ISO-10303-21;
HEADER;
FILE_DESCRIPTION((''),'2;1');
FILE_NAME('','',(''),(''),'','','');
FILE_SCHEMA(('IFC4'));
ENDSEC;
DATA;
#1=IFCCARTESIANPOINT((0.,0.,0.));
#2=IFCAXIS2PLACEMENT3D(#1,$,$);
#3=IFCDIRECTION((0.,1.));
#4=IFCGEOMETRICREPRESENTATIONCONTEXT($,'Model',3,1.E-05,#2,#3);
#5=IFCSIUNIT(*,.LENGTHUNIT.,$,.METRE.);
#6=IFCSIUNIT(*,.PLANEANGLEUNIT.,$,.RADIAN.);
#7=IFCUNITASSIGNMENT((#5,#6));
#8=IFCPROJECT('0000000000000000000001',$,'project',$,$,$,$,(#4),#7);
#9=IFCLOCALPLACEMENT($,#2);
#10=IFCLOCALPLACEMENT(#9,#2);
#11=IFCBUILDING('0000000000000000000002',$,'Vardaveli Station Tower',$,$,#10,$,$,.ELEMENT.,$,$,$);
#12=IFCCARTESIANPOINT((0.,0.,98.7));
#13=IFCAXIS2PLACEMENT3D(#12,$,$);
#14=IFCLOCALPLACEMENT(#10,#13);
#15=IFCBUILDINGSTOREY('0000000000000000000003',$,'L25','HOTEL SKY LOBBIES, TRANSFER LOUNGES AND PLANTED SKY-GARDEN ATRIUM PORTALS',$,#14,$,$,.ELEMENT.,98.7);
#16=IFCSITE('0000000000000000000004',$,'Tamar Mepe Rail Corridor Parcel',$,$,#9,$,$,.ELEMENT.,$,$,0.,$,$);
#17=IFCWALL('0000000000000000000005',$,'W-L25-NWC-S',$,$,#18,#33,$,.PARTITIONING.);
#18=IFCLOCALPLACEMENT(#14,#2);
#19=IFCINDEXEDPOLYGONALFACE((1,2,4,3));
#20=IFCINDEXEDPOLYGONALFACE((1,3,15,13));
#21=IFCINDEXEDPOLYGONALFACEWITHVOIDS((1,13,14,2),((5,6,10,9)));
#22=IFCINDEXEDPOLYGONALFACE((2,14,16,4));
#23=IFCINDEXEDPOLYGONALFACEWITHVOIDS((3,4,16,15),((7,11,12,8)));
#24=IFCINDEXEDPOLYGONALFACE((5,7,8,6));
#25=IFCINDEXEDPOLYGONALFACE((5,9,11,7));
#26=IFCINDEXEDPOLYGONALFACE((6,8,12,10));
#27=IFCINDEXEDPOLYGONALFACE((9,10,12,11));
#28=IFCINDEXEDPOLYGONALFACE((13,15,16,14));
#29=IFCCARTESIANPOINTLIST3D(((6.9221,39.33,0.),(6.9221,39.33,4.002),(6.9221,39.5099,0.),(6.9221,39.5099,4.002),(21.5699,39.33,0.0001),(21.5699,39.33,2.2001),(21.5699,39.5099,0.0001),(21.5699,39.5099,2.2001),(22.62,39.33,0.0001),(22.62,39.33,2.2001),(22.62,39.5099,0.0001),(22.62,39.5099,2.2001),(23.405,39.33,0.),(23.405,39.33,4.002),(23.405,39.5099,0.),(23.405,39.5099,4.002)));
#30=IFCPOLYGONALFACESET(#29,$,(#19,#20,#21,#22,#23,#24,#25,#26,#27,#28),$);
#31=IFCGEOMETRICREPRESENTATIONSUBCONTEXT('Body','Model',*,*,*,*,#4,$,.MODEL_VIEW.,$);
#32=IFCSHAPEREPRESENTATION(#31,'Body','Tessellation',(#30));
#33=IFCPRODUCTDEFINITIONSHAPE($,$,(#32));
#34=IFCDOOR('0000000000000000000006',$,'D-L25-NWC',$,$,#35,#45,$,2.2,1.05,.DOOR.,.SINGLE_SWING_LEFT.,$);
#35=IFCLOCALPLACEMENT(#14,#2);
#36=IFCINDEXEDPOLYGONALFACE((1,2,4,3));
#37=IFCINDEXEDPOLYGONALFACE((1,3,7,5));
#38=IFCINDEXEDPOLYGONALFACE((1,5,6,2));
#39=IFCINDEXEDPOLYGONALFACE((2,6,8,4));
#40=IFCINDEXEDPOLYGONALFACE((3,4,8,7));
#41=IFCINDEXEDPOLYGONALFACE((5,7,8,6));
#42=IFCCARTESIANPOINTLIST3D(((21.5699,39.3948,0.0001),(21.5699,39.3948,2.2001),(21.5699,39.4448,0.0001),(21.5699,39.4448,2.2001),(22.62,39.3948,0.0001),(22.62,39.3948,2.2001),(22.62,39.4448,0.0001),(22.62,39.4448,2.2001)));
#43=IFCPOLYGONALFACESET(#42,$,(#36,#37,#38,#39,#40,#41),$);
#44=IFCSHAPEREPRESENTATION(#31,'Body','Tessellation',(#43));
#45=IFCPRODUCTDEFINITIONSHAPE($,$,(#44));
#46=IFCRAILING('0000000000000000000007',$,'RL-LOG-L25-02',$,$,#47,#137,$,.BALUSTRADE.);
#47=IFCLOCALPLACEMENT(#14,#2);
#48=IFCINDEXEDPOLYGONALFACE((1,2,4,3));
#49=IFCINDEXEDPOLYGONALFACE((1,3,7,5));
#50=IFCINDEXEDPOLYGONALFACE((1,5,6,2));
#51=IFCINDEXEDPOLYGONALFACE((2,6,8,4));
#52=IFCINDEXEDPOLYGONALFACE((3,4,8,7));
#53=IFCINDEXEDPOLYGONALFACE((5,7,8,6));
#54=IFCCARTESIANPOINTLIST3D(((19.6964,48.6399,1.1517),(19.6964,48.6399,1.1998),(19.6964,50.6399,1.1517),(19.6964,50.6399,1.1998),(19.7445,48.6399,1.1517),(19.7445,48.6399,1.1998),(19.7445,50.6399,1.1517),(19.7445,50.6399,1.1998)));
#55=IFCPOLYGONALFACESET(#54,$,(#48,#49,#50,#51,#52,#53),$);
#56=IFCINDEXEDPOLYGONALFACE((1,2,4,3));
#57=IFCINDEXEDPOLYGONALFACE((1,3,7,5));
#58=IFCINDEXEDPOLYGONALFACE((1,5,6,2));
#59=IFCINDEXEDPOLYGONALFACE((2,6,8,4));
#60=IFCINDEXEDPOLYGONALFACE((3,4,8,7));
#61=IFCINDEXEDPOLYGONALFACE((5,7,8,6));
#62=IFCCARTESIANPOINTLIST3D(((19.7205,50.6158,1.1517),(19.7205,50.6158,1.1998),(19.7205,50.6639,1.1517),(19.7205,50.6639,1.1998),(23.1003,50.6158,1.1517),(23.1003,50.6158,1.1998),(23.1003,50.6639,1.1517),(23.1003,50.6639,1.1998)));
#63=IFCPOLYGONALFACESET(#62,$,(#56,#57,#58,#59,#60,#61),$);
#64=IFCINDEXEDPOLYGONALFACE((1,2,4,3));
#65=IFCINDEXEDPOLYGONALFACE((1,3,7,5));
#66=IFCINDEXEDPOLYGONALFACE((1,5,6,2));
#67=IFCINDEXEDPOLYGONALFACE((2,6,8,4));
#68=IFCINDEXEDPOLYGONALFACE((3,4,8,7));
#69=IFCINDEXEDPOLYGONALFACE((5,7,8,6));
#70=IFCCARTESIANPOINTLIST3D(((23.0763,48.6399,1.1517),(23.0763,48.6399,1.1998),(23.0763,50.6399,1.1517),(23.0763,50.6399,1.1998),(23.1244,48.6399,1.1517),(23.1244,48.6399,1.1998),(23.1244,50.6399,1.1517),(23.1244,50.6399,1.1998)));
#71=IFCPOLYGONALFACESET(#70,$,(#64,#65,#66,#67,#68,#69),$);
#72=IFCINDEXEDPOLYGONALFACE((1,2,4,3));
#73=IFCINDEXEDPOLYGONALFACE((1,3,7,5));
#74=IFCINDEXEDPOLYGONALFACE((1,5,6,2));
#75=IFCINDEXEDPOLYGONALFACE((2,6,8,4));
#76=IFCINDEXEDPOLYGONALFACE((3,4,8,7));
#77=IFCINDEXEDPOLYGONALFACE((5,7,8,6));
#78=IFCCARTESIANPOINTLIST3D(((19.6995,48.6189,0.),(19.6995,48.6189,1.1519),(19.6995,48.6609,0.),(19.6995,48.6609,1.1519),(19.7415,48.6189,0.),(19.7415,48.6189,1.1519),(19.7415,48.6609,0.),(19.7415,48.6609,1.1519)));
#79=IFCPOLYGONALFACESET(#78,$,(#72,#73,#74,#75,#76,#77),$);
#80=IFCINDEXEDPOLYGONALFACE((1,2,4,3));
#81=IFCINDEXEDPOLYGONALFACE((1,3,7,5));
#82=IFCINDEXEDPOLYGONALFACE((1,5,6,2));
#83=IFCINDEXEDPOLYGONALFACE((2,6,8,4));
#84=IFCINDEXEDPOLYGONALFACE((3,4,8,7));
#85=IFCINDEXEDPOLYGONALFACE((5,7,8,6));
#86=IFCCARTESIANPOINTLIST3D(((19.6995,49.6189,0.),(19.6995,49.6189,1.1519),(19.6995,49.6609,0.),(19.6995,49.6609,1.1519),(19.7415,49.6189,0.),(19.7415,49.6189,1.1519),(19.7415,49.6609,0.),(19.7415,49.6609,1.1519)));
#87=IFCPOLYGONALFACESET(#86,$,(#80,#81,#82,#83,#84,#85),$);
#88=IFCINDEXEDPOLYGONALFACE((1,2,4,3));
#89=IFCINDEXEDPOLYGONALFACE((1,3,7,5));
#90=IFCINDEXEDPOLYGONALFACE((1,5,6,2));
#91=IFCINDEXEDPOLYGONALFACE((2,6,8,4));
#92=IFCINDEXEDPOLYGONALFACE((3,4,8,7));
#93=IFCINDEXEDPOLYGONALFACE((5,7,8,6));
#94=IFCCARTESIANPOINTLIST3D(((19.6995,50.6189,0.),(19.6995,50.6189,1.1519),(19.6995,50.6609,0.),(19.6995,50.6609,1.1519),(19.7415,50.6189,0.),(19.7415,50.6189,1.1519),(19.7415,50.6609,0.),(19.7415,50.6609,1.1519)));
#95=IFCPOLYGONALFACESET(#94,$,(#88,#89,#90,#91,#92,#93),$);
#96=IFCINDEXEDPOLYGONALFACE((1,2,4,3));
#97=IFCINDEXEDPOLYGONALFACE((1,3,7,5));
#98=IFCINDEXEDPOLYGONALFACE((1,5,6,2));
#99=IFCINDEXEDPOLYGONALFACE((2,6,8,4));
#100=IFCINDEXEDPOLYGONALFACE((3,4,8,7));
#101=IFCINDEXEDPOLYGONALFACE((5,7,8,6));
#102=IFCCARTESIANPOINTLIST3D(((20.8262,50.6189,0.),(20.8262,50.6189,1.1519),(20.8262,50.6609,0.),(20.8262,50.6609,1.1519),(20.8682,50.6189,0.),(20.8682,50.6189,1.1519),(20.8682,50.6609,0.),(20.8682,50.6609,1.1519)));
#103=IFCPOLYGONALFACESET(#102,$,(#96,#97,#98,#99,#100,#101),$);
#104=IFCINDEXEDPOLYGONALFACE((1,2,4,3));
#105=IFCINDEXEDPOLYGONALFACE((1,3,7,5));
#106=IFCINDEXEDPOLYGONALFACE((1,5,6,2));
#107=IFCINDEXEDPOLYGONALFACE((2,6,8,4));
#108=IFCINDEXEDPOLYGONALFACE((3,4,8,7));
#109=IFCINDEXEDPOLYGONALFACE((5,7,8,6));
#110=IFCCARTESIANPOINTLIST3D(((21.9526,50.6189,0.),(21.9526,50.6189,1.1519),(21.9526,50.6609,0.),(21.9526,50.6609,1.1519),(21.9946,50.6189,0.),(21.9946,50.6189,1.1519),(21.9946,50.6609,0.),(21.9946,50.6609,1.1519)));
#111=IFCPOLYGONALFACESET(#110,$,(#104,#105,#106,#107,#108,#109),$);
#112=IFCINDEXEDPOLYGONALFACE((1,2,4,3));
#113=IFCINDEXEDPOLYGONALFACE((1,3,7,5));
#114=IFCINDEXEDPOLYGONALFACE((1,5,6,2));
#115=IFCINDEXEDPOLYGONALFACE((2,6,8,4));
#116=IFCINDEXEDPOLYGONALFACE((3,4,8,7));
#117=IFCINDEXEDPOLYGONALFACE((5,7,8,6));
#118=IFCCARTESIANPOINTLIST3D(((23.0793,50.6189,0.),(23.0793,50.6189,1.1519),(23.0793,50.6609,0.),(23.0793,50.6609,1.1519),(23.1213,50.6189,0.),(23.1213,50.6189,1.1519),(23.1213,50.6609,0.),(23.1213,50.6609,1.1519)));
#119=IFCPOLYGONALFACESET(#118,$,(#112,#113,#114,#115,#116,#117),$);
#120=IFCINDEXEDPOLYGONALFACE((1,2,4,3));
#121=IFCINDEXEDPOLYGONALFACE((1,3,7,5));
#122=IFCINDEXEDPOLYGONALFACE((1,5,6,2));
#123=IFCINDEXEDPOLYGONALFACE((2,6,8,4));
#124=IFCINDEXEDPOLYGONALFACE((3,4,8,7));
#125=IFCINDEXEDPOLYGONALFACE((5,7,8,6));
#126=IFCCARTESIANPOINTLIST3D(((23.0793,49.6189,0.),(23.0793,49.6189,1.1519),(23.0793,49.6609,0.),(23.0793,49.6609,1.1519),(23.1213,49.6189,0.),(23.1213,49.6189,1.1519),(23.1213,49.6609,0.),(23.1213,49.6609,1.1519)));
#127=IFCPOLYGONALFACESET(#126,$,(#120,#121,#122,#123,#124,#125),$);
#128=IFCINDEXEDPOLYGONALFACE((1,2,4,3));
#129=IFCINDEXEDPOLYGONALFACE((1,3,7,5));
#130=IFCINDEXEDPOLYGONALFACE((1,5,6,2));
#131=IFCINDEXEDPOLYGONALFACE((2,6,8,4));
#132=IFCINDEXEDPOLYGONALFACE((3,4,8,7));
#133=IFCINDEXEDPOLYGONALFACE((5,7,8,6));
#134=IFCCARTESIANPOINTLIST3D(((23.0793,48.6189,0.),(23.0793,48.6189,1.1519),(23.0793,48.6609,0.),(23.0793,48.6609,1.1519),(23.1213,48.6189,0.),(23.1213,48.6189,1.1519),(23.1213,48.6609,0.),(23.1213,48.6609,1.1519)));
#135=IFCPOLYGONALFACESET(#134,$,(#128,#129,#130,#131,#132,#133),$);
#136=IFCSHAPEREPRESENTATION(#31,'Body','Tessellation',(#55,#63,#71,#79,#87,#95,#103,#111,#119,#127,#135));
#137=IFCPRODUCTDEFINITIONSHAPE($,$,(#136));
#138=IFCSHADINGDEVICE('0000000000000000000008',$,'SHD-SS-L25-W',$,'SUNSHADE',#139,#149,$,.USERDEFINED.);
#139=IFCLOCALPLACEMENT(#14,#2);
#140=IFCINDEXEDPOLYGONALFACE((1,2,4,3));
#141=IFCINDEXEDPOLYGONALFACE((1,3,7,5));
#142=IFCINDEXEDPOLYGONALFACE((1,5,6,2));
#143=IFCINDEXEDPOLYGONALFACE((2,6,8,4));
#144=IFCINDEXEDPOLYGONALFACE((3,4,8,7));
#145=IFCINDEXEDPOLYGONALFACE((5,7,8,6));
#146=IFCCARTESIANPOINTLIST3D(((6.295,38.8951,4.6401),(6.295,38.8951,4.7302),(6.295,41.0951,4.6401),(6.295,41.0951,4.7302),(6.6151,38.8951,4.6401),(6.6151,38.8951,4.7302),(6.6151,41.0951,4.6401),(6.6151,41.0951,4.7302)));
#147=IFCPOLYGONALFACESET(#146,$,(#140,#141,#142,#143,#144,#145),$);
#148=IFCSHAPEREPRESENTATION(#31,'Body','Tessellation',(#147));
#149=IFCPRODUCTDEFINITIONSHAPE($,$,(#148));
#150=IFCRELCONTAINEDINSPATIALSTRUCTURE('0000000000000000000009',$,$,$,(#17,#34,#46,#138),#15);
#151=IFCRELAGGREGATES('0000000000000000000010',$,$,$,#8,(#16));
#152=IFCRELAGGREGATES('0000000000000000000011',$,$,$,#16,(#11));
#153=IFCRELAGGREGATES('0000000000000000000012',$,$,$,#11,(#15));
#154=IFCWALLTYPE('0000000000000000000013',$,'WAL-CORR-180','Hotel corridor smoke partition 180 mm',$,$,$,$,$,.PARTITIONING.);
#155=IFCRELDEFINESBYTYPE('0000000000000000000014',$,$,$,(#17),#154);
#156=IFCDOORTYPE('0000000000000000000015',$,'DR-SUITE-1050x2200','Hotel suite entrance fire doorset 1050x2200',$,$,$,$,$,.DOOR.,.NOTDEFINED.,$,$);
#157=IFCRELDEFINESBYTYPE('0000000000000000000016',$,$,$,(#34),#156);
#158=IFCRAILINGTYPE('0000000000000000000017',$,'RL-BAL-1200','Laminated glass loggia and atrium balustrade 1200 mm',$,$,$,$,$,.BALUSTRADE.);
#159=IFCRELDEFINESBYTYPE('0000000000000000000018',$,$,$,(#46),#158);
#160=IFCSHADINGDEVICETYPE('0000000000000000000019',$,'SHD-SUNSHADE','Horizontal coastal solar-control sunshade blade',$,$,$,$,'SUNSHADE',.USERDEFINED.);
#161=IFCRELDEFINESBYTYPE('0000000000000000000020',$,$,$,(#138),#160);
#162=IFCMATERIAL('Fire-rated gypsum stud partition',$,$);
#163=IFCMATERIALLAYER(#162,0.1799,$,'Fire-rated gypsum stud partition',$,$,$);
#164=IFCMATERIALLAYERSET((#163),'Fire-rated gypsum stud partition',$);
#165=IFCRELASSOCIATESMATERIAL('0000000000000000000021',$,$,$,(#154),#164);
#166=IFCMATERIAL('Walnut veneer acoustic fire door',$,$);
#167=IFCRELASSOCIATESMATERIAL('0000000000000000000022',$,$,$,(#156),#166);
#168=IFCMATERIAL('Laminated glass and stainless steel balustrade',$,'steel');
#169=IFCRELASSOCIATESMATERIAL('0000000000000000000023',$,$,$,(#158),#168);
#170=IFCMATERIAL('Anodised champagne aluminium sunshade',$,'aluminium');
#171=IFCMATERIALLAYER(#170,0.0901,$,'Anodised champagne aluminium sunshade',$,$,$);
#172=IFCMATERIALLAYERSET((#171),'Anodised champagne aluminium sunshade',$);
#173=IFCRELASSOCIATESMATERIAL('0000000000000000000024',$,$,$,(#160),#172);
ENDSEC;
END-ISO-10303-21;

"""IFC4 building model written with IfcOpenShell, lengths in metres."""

from ifc_helpers import new_model, si_unit, direction, frame, frame_2d, origin, origin_2d, place, context, subcontext, project, spatial, rectangle, extrude, source, transform, mapped, material, layer, layer_set, type_object, element, fill, save


model = new_model("IFC4")

# Units and contexts
model_context = context("Model", 3, precision=1e-05, world=origin(), true_north=direction((0.0, 1.0)))
body_context = subcontext(model_context, "Body", "Model", "MODEL_VIEW")
ifc_project = project(units=[si_unit("LENGTHUNIT", "METRE"), si_unit("PLANEANGLEUNIT", "RADIAN")], contexts=[model_context])

# Site, building, storey
site_placement = place(None, origin())
site = spatial("IfcSite", under=ifc_project, at=site_placement, Name="Tamar Mepe Rail Corridor Parcel", CompositionType="ELEMENT", RefElevation=0.0)
building_placement = place(site_placement, origin())
building = spatial("IfcBuilding", under=site, at=building_placement, Name="Vardaveli Station Tower", CompositionType="ELEMENT")
storey_placement = place(building_placement, frame((0.0, 0.0, 98.7)))
storey = spatial("IfcBuildingStorey", under=building, at=storey_placement, Name="L25", Description="HOTEL SKY LOBBIES, TRANSFER LOUNGES AND PLANTED SKY-GARDEN ATRIUM PORTALS", CompositionType="ELEMENT", Elevation=98.7)

# Wall, opening, door
ifc_material_1 = material(Name="Fire-rated gypsum stud partition")
ifc_layer_1 = layer(ifc_material_1, 0.1799, Name="Fire-rated gypsum stud partition")
ifc_layer_set_1 = layer_set([ifc_layer_1], Name="Fire-rated gypsum stud partition")
wall_type_1 = type_object("IfcWallType", Name="WAL-CORR-180", Description="Hotel corridor smoke partition 180 mm", PredefinedType="PARTITIONING", material=ifc_layer_set_1)
shared_shape_1 = source(origin(), body_context, "Body", "SweptSolid", [
    extrude(rectangle(XDim=16.4829, YDim=0.1799, at=frame_2d((8.2415, 0.0))), origin(), (0.0, 0.0, 1.0), 4.002),
])
wall_1_placement = place(storey_placement, frame((6.9221, 39.4199, 0.0), z_axis=(0.0, 0.0, 1.0), x_axis=(1.0, 0.0, 0.0)))
wall_1 = element("IfcWall", 1, at=wall_1_placement, inside=storey, type_object=wall_type_1, Name="W-L25-NWC-S", PredefinedType="PARTITIONING", context=body_context, shape_type="MappedRepresentation", body=[
    mapped(shared_shape_1, transform((0.0, 0.0, 0.0), scale=1.0)),
])
shared_shape_2 = source(origin(), body_context, "Body", "SweptSolid", [
    extrude(rectangle(XDim=1.05, YDim=2.2, at=frame_2d((0.5249, 1.1001))), frame((0.0, 0.1001, 0.0), z_axis=(0.0, -1.0, 0.0), x_axis=(1.0, 0.0, 0.0)), (0.0, 0.0, 1.0), 0.2),
])
opening_1_placement = place(wall_1_placement, frame((14.6479, 0.0, 0.0)))
opening_1 = element("IfcOpeningElement", 2, at=opening_1_placement, cuts=wall_1, PredefinedType="OPENING", context=body_context, shape_type="MappedRepresentation", body=[
    mapped(shared_shape_2, transform((0.0, 0.0, 0.0), scale=1.0)),
])
ifc_material_2 = material(Name="Walnut veneer acoustic fire door")
door_type = type_object("IfcDoorType", Name="DR-SUITE-1050x2200", Description="Hotel suite entrance fire doorset 1050x2200", OperationType="NOTDEFINED", PredefinedType="DOOR", material=ifc_material_2)
shared_shape_3 = source(origin(), body_context, "Body", "SweptSolid", [
    extrude(rectangle(XDim=1.05, YDim=2.2, at=frame_2d((0.5249, 1.1001))), frame((0.0, 0.0249, 0.0), z_axis=(0.0, -1.0, 0.0), x_axis=(1.0, 0.0, 0.0)), (0.0, 0.0, 1.0), 0.05),
])
door_placement = place(opening_1_placement, origin())
door = element("IfcDoor", 3, at=door_placement, inside=storey, type_object=door_type, Name="D-L25-NWC", OperationType="SINGLE_SWING_LEFT", OverallHeight=2.2, OverallWidth=1.05, PredefinedType="DOOR", context=body_context, shape_type="MappedRepresentation", body=[
    mapped(shared_shape_3, transform((0.0, 0.0, 0.0), scale=1.0)),
])
fill(opening_1, door)

# Railing
ifc_material_3 = material(Name="Laminated glass and stainless steel balustrade", Category="steel")
railing_type = type_object("IfcRailingType", Name="RL-BAL-1200", Description="Laminated glass loggia and atrium balustrade 1200 mm", PredefinedType="BALUSTRADE", material=ifc_material_3)
shared_shape_4 = source(origin(), body_context, "Body", "SweptSolid", [
    extrude(rectangle(XDim=0.0481, YDim=0.0481, at=origin_2d()), frame((0.0, 0.0, 1.1758), z_axis=(0.0, 1.0, 0.0), x_axis=(-1.0, 0.0, 0.0)), (0.0, 0.0, 1.0), 2.0),
    extrude(rectangle(XDim=0.0481, YDim=0.0481, at=origin_2d()), frame((0.0, 2.0, 1.1758), z_axis=(1.0, 0.0, 0.0), x_axis=(0.0, 1.0, 0.0)), (0.0, 0.0, 1.0), 3.3799),
    extrude(rectangle(XDim=0.0481, YDim=0.0481, at=origin_2d()), frame((3.3799, 2.0, 1.1758), z_axis=(0.0, -1.0, 0.0), x_axis=(1.0, 0.0, 0.0)), (0.0, 0.0, 1.0), 2.0),
    extrude(rectangle(XDim=0.042, YDim=0.042, at=origin_2d()), origin(), (0.0, 0.0, 1.0), 1.1519),
    extrude(rectangle(XDim=0.042, YDim=0.042, at=origin_2d()), frame((0.0, 1.0, 0.0)), (0.0, 0.0, 1.0), 1.1519),
    extrude(rectangle(XDim=0.042, YDim=0.042, at=origin_2d()), frame((0.0, 2.0, 0.0)), (0.0, 0.0, 1.0), 1.1519),
    extrude(rectangle(XDim=0.042, YDim=0.042, at=origin_2d()), frame((1.1267, 2.0, 0.0)), (0.0, 0.0, 1.0), 1.1519),
    extrude(rectangle(XDim=0.042, YDim=0.042, at=origin_2d()), frame((2.2532, 2.0, 0.0)), (0.0, 0.0, 1.0), 1.1519),
    extrude(rectangle(XDim=0.042, YDim=0.042, at=origin_2d()), frame((3.3799, 2.0, 0.0)), (0.0, 0.0, 1.0), 1.1519),
    extrude(rectangle(XDim=0.042, YDim=0.042, at=origin_2d()), frame((3.3799, 1.0, 0.0)), (0.0, 0.0, 1.0), 1.1519),
    extrude(rectangle(XDim=0.042, YDim=0.042, at=origin_2d()), frame((3.3799, 0.0, 0.0)), (0.0, 0.0, 1.0), 1.1519),
])
railing_placement = place(storey_placement, frame((19.7205, 48.6399, 0.0)))
element("IfcRailing", 4, at=railing_placement, inside=storey, type_object=railing_type, Name="RL-LOG-L25-02", PredefinedType="BALUSTRADE", context=body_context, shape_type="MappedRepresentation", body=[
    mapped(shared_shape_4, transform((0.0, 0.0, 0.0), scale=1.0)),
])

# Shading device
ifc_material_4 = material(Name="Anodised champagne aluminium sunshade", Category="aluminium")
ifc_layer_2 = layer(ifc_material_4, 0.0901, Name="Anodised champagne aluminium sunshade")
ifc_layer_set_2 = layer_set([ifc_layer_2], Name="Anodised champagne aluminium sunshade")
shading_device_type = type_object("IfcShadingDeviceType", Name="SHD-SUNSHADE", Description="Horizontal coastal solar-control sunshade blade", ElementType="SUNSHADE", PredefinedType="USERDEFINED", material=ifc_layer_set_2)
shared_shape_5 = source(origin(), body_context, "Body", "SweptSolid", [
    extrude(rectangle(XDim=2.2, YDim=0.3201, at=origin_2d()), origin(), (0.0, 0.0, 1.0), 0.0901),
])
shading_device_placement = place(storey_placement, frame((6.4551, 39.9951, 4.6401), z_axis=(0.0, 0.0, 1.0), x_axis=(0.0, 1.0, 0.0)))
element("IfcShadingDevice", 5, at=shading_device_placement, inside=storey, type_object=shading_device_type, Name="SHD-SS-L25-W", ObjectType="SUNSHADE", PredefinedType="USERDEFINED", context=body_context, shape_type="MappedRepresentation", body=[
    mapped(shared_shape_5, transform((0.0, 0.0, 0.0), scale=1.0)),
])

save(model, "model.ifc")
